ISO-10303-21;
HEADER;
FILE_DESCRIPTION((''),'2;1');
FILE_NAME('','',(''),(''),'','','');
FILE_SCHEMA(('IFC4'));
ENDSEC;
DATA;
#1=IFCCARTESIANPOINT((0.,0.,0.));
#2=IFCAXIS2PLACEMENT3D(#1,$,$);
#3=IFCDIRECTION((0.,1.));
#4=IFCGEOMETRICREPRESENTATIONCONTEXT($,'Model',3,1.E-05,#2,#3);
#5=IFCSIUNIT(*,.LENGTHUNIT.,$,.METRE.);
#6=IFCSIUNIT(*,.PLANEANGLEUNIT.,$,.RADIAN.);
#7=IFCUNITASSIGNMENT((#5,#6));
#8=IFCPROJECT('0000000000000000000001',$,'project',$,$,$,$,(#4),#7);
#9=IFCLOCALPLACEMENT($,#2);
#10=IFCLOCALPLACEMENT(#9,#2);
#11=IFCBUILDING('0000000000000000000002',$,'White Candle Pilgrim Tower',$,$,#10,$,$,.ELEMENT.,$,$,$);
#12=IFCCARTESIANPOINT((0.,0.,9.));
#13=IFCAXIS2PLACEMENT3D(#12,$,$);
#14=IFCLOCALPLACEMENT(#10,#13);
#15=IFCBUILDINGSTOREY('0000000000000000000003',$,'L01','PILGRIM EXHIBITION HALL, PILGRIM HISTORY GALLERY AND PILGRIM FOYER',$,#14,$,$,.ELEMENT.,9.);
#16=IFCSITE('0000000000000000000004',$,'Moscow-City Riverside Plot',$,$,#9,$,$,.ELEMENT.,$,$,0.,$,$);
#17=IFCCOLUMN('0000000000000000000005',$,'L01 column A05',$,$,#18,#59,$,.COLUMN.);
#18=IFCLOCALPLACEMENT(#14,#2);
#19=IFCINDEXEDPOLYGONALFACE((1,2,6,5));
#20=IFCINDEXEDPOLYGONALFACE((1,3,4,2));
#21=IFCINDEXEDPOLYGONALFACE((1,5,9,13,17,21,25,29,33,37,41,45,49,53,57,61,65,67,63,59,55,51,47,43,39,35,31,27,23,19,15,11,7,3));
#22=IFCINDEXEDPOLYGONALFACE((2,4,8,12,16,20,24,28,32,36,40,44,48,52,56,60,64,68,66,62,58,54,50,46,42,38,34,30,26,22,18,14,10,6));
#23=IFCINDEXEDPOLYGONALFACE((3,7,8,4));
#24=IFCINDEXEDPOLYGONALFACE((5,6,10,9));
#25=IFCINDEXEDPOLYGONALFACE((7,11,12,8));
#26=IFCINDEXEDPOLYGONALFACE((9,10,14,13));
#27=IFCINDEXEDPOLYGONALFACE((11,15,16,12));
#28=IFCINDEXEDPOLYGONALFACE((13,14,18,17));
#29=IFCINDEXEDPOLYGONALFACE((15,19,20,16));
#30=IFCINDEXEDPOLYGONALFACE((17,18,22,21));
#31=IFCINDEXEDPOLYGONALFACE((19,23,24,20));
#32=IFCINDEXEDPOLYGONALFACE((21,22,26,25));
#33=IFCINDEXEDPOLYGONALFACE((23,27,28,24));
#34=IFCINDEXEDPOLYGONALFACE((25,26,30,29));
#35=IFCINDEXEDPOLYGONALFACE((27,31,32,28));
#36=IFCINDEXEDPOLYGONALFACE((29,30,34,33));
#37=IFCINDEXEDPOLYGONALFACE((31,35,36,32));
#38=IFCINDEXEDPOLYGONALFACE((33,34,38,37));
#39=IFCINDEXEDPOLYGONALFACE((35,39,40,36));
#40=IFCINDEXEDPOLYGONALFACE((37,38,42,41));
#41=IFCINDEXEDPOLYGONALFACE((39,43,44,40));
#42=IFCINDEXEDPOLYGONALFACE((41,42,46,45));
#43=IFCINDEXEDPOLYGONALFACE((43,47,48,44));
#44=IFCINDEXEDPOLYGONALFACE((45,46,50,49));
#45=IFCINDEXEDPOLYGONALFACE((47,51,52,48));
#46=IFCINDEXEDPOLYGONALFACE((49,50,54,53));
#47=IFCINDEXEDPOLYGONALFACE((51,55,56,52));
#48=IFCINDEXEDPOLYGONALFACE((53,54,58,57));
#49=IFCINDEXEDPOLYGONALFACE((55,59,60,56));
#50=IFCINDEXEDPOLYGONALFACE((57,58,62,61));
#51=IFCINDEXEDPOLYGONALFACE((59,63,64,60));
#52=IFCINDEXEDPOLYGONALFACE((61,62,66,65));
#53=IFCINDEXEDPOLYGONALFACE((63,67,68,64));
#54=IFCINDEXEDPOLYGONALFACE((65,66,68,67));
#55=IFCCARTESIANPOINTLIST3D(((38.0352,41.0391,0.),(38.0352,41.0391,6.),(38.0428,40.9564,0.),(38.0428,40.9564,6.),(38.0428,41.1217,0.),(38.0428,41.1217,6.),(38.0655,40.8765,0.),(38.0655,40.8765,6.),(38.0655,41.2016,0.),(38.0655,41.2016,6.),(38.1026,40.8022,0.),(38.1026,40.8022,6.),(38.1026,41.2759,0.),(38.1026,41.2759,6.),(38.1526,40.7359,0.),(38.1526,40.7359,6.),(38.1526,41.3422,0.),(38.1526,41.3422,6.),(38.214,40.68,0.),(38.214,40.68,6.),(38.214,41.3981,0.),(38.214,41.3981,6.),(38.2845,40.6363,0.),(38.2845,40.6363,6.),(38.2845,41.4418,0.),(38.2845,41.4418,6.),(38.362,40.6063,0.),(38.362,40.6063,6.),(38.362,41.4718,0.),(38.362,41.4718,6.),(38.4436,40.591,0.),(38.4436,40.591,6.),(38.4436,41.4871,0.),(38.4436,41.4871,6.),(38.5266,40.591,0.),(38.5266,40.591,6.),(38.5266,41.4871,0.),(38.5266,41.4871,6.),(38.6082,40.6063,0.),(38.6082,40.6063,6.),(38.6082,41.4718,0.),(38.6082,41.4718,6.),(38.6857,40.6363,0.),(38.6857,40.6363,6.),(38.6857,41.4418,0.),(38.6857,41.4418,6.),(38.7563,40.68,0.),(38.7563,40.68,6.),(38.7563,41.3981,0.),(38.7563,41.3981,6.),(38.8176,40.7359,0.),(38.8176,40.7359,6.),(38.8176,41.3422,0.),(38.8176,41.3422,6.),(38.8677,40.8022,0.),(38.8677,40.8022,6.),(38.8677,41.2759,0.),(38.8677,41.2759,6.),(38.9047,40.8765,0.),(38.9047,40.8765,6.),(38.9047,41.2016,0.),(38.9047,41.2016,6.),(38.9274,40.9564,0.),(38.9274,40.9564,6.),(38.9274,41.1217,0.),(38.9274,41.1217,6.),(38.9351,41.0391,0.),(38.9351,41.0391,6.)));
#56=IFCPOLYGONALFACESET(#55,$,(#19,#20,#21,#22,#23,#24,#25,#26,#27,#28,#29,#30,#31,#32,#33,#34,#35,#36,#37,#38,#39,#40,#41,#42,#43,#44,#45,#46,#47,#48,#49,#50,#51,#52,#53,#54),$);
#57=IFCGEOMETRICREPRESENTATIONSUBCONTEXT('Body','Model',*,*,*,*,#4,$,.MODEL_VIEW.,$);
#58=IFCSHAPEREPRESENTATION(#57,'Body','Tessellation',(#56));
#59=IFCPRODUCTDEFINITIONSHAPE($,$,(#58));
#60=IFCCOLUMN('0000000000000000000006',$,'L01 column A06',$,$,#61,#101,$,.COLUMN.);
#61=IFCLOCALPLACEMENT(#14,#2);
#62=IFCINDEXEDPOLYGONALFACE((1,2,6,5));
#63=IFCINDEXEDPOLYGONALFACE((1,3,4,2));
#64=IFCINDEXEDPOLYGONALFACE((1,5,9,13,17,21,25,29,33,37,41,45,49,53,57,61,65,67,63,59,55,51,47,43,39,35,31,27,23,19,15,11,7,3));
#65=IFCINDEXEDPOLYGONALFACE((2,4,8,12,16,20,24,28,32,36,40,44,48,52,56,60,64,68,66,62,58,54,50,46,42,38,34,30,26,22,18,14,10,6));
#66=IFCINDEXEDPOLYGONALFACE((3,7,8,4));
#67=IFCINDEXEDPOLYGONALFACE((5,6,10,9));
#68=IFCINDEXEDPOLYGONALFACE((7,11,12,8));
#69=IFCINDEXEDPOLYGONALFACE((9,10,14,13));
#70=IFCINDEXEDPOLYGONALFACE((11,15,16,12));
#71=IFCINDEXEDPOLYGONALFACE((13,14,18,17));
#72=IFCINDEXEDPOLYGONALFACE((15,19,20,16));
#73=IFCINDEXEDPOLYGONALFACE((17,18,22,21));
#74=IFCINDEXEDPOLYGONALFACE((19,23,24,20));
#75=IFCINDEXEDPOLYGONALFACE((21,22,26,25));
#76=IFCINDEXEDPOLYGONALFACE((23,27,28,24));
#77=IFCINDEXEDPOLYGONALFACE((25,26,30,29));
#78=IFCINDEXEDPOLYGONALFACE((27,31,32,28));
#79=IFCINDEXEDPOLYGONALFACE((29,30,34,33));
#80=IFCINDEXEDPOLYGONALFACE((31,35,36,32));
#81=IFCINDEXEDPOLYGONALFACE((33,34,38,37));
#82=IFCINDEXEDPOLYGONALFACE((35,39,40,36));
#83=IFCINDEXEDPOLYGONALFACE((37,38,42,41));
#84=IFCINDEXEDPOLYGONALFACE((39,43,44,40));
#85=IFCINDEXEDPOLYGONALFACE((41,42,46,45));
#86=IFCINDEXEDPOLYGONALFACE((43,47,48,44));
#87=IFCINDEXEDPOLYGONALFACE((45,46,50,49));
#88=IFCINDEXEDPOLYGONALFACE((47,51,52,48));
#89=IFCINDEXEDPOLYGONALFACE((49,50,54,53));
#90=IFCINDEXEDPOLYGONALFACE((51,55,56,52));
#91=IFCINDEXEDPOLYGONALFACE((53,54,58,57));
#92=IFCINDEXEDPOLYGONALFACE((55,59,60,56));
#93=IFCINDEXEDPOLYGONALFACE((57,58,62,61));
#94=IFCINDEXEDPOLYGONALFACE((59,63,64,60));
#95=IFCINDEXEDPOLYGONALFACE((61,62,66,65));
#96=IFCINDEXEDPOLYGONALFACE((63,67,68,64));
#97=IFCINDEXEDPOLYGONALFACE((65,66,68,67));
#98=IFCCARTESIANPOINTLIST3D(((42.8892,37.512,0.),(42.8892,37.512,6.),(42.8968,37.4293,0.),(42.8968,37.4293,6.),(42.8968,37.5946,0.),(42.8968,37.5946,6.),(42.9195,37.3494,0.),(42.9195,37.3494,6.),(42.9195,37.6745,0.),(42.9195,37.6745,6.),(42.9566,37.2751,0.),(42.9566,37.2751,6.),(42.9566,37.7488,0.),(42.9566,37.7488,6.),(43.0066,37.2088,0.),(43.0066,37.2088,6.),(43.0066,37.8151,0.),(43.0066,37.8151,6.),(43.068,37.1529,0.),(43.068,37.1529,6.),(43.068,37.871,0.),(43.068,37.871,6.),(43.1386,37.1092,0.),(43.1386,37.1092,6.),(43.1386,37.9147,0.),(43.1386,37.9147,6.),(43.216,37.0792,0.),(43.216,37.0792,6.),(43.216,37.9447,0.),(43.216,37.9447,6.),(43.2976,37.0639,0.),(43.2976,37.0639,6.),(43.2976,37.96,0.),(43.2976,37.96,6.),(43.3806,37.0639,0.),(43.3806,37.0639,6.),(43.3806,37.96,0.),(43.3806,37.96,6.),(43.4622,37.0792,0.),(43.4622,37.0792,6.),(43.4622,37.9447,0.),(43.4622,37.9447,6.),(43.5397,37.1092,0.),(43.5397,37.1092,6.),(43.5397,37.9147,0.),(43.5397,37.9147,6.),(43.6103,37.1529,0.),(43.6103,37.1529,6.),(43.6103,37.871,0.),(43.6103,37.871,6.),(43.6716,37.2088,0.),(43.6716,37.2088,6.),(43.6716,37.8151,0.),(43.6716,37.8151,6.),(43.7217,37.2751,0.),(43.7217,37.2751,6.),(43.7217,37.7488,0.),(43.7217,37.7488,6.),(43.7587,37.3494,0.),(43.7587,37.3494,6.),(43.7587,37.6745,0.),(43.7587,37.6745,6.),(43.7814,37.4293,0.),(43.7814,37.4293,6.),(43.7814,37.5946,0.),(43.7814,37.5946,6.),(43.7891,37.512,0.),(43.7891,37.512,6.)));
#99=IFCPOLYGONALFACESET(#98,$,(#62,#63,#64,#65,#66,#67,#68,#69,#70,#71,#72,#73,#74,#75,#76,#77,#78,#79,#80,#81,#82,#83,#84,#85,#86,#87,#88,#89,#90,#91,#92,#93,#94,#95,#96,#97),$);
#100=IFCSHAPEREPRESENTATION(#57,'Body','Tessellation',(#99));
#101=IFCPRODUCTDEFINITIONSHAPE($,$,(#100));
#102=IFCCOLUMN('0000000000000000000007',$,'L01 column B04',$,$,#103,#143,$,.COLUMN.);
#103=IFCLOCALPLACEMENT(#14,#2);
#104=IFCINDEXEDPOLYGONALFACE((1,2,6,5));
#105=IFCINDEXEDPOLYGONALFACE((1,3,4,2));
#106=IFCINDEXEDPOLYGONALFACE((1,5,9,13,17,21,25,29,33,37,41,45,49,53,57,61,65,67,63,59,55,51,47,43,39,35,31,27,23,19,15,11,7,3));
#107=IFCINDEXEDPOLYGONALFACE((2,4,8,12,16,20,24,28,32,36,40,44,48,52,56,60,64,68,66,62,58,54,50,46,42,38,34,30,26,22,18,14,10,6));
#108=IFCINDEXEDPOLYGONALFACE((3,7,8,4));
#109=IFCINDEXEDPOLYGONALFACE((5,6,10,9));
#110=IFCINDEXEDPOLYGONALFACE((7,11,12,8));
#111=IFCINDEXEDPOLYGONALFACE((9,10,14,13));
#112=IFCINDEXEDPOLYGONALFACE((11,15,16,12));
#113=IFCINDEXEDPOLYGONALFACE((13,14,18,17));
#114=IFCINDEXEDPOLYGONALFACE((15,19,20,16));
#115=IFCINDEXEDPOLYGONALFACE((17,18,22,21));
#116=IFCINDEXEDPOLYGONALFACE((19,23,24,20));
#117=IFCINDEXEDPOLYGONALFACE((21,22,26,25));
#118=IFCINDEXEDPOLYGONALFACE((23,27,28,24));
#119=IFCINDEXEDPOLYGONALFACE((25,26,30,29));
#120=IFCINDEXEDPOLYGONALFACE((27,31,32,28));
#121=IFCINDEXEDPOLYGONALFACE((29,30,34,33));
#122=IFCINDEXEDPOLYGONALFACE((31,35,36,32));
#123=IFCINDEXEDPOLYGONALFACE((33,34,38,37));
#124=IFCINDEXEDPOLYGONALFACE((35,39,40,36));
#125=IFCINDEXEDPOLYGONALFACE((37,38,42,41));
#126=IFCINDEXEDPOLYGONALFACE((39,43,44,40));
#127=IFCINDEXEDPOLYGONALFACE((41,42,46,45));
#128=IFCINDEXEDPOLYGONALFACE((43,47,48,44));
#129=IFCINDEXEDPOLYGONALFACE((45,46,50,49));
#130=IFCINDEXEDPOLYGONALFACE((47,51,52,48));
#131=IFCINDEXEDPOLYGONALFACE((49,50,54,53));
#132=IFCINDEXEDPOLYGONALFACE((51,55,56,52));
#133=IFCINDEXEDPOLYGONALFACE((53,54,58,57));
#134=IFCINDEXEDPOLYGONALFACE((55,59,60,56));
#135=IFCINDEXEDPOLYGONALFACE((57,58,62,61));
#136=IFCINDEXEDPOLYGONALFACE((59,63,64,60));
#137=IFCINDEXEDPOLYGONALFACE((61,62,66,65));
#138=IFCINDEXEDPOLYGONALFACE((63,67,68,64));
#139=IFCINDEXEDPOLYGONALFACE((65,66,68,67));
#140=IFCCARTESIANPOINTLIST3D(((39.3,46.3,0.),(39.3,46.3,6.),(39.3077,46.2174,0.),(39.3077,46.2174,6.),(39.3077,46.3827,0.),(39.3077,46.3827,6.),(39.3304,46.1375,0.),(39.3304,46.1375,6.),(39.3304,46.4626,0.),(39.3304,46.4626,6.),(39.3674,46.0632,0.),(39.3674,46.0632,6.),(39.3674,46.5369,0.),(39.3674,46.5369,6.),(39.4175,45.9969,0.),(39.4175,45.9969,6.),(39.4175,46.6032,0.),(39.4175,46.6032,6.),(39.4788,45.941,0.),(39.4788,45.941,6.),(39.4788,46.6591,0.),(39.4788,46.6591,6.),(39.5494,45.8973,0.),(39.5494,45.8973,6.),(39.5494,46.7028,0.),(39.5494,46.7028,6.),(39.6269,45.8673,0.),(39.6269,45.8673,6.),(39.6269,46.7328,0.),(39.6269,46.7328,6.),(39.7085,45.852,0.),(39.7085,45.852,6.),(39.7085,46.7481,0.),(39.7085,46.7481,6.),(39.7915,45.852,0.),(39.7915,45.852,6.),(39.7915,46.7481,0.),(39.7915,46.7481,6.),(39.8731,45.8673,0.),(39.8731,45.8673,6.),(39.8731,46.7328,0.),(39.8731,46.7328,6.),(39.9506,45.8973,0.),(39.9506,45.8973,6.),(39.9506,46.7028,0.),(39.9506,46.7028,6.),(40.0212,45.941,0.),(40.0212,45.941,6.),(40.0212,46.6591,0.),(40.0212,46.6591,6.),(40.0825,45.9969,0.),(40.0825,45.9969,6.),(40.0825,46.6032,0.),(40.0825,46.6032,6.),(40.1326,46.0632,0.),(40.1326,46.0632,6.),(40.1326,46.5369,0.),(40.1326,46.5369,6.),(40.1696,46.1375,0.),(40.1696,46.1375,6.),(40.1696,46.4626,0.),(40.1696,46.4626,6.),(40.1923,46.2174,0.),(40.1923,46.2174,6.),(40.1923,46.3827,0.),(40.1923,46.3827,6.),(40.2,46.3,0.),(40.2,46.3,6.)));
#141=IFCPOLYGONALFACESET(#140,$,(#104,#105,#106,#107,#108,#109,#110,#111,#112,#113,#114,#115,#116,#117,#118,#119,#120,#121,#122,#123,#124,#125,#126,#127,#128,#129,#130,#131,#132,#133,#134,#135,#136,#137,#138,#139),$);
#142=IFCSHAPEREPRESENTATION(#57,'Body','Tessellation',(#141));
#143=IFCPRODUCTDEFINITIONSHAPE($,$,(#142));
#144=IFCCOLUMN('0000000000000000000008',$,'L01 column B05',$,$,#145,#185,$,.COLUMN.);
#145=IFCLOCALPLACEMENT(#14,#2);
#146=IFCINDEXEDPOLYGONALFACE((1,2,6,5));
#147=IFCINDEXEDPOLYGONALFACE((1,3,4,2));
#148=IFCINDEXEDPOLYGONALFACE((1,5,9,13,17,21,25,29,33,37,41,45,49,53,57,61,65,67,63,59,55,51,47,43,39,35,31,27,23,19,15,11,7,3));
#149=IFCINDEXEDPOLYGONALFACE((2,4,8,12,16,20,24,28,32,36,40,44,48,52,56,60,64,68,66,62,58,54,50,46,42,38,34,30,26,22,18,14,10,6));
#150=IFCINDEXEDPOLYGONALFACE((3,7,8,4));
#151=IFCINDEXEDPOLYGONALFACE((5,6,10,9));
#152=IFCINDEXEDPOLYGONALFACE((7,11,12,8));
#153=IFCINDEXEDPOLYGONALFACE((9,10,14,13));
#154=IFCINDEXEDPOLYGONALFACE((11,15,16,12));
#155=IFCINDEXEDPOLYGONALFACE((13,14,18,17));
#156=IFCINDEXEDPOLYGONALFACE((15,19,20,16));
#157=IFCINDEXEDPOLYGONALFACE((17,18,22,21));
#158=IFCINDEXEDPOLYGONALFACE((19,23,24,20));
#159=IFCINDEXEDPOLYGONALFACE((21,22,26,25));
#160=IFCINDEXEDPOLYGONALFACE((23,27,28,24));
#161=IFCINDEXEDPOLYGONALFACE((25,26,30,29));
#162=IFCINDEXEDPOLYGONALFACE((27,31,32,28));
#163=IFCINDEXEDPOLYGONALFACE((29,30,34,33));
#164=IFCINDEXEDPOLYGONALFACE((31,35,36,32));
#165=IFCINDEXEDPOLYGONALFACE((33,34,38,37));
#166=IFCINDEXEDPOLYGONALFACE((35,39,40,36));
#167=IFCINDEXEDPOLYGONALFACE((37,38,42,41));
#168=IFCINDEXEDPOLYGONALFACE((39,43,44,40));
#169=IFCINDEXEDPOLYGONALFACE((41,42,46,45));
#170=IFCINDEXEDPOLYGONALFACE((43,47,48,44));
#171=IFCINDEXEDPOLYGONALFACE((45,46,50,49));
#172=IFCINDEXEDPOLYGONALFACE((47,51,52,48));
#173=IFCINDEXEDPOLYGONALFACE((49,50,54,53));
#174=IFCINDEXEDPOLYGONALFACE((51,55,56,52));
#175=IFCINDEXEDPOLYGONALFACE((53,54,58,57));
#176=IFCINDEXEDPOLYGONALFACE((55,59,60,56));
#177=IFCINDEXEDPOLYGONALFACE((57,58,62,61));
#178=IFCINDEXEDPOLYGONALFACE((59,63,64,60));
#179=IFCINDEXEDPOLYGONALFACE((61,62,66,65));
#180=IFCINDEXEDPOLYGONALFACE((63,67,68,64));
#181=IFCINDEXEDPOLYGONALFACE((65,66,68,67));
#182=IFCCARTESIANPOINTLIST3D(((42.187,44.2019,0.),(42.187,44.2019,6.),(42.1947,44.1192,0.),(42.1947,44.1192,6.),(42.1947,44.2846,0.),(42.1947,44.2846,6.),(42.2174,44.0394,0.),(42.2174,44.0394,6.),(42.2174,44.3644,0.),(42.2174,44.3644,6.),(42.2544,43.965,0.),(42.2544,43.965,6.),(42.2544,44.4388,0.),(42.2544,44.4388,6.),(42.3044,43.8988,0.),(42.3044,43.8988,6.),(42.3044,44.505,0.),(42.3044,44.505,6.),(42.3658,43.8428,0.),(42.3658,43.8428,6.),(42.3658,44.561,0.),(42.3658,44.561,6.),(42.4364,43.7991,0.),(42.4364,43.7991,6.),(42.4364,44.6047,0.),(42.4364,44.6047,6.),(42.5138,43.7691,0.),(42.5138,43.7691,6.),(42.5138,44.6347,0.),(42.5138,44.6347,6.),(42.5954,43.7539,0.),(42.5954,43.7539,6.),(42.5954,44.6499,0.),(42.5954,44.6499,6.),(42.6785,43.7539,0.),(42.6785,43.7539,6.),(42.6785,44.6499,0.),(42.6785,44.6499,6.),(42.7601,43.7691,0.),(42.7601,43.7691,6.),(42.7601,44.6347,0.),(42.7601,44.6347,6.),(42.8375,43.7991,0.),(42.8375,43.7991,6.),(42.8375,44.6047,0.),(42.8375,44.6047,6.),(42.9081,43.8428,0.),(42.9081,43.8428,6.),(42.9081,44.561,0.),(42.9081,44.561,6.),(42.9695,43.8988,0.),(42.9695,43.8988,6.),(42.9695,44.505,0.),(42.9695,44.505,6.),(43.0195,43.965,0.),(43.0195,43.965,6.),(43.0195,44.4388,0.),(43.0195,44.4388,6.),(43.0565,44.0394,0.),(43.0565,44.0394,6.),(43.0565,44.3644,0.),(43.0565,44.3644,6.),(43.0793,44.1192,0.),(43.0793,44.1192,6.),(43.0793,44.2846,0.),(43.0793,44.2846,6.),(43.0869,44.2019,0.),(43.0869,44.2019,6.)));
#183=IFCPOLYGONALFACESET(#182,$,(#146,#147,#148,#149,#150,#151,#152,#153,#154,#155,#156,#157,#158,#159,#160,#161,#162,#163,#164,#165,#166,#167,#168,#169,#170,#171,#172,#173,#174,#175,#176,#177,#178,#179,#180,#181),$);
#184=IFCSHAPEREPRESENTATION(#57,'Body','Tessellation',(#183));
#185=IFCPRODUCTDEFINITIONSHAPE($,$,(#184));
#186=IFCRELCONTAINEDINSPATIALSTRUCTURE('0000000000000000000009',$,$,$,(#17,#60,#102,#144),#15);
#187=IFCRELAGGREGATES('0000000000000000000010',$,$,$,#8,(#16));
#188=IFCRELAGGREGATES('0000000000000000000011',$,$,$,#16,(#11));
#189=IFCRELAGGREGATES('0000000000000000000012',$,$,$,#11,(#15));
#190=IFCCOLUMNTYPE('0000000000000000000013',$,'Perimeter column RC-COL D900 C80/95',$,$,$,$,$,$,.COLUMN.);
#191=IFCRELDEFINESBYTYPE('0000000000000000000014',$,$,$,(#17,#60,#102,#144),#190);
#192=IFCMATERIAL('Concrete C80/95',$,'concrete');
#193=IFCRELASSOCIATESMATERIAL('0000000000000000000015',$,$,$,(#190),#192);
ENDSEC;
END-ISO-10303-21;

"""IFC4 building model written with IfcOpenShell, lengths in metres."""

from ifc_helpers import new_model, si_unit, direction, frame, origin, origin_2d, place, context, subcontext, project, spatial, circle, extrude, material, material_profile, profile_set, type_object, element, save


model = new_model("IFC4")

# Units and contexts
model_context = context("Model", 3, precision=1e-05, world=origin(), true_north=direction((0.0, 1.0)))
body_context = subcontext(model_context, "Body", "Model", "MODEL_VIEW")
ifc_project = project(units=[si_unit("LENGTHUNIT", "METRE"), si_unit("PLANEANGLEUNIT", "RADIAN")], contexts=[model_context])

# Site, building, storey
site_placement = place(None, origin())
site = spatial("IfcSite", under=ifc_project, at=site_placement, Name="Moscow-City Riverside Plot", CompositionType="ELEMENT", RefElevation=0.0)
building_placement = place(site_placement, origin())
building = spatial("IfcBuilding", under=site, at=building_placement, Name="White Candle Pilgrim Tower", CompositionType="ELEMENT")
storey_placement = place(building_placement, frame((0.0, 0.0, 9.0)))
storey = spatial("IfcBuildingStorey", under=building, at=storey_placement, Name="L01", Description="PILGRIM EXHIBITION HALL, PILGRIM HISTORY GALLERY AND PILGRIM FOYER", CompositionType="ELEMENT", Elevation=9.0)

# Columns
ifc_material_1 = material(Name="Concrete C80/95", Category="concrete")
ifc_material_profile_1 = material_profile(ifc_material_1, circle(Radius=0.45, at=origin_2d()), Name="RC-COL D900")
ifc_profile_set_1 = profile_set([ifc_material_profile_1], Name="Concrete C80/95")
column_type = type_object("IfcColumnType", Name="Perimeter column RC-COL D900 C80/95", PredefinedType="COLUMN", material=ifc_profile_set_1)
for number, where, z_axis, x_axis, name in (
    (1, (38.4851, 41.0391, 0.0), (0.0, 0.0, 1.0), (1.0, 0.0, 0.0), "L01 column A05"),
    (2, (43.3391, 37.512, 0.0), (0.0, 0.0, 1.0), (1.0, 0.0, 0.0), "L01 column A06"),
    (3, (39.75, 46.3, 0.0), (0.0, 0.0, 1.0), (1.0, 0.0, 0.0), "L01 column B04"),
    (4, (42.637, 44.2019, 0.0), (0.0, 0.0, 1.0), (1.0, 0.0, 0.0), "L01 column B05"),
):
    element("IfcColumn", number, at=place(storey_placement, frame(where, z_axis=z_axis, x_axis=x_axis)), inside=storey, type_object=column_type, Name=name, PredefinedType="COLUMN", context=body_context, shape_type="SweptSolid", body=[
        extrude(circle(Radius=0.45, at=origin_2d()), origin(), (0.0, 0.0, 1.0), 6.0),
    ])

save(model, "model.ifc")
